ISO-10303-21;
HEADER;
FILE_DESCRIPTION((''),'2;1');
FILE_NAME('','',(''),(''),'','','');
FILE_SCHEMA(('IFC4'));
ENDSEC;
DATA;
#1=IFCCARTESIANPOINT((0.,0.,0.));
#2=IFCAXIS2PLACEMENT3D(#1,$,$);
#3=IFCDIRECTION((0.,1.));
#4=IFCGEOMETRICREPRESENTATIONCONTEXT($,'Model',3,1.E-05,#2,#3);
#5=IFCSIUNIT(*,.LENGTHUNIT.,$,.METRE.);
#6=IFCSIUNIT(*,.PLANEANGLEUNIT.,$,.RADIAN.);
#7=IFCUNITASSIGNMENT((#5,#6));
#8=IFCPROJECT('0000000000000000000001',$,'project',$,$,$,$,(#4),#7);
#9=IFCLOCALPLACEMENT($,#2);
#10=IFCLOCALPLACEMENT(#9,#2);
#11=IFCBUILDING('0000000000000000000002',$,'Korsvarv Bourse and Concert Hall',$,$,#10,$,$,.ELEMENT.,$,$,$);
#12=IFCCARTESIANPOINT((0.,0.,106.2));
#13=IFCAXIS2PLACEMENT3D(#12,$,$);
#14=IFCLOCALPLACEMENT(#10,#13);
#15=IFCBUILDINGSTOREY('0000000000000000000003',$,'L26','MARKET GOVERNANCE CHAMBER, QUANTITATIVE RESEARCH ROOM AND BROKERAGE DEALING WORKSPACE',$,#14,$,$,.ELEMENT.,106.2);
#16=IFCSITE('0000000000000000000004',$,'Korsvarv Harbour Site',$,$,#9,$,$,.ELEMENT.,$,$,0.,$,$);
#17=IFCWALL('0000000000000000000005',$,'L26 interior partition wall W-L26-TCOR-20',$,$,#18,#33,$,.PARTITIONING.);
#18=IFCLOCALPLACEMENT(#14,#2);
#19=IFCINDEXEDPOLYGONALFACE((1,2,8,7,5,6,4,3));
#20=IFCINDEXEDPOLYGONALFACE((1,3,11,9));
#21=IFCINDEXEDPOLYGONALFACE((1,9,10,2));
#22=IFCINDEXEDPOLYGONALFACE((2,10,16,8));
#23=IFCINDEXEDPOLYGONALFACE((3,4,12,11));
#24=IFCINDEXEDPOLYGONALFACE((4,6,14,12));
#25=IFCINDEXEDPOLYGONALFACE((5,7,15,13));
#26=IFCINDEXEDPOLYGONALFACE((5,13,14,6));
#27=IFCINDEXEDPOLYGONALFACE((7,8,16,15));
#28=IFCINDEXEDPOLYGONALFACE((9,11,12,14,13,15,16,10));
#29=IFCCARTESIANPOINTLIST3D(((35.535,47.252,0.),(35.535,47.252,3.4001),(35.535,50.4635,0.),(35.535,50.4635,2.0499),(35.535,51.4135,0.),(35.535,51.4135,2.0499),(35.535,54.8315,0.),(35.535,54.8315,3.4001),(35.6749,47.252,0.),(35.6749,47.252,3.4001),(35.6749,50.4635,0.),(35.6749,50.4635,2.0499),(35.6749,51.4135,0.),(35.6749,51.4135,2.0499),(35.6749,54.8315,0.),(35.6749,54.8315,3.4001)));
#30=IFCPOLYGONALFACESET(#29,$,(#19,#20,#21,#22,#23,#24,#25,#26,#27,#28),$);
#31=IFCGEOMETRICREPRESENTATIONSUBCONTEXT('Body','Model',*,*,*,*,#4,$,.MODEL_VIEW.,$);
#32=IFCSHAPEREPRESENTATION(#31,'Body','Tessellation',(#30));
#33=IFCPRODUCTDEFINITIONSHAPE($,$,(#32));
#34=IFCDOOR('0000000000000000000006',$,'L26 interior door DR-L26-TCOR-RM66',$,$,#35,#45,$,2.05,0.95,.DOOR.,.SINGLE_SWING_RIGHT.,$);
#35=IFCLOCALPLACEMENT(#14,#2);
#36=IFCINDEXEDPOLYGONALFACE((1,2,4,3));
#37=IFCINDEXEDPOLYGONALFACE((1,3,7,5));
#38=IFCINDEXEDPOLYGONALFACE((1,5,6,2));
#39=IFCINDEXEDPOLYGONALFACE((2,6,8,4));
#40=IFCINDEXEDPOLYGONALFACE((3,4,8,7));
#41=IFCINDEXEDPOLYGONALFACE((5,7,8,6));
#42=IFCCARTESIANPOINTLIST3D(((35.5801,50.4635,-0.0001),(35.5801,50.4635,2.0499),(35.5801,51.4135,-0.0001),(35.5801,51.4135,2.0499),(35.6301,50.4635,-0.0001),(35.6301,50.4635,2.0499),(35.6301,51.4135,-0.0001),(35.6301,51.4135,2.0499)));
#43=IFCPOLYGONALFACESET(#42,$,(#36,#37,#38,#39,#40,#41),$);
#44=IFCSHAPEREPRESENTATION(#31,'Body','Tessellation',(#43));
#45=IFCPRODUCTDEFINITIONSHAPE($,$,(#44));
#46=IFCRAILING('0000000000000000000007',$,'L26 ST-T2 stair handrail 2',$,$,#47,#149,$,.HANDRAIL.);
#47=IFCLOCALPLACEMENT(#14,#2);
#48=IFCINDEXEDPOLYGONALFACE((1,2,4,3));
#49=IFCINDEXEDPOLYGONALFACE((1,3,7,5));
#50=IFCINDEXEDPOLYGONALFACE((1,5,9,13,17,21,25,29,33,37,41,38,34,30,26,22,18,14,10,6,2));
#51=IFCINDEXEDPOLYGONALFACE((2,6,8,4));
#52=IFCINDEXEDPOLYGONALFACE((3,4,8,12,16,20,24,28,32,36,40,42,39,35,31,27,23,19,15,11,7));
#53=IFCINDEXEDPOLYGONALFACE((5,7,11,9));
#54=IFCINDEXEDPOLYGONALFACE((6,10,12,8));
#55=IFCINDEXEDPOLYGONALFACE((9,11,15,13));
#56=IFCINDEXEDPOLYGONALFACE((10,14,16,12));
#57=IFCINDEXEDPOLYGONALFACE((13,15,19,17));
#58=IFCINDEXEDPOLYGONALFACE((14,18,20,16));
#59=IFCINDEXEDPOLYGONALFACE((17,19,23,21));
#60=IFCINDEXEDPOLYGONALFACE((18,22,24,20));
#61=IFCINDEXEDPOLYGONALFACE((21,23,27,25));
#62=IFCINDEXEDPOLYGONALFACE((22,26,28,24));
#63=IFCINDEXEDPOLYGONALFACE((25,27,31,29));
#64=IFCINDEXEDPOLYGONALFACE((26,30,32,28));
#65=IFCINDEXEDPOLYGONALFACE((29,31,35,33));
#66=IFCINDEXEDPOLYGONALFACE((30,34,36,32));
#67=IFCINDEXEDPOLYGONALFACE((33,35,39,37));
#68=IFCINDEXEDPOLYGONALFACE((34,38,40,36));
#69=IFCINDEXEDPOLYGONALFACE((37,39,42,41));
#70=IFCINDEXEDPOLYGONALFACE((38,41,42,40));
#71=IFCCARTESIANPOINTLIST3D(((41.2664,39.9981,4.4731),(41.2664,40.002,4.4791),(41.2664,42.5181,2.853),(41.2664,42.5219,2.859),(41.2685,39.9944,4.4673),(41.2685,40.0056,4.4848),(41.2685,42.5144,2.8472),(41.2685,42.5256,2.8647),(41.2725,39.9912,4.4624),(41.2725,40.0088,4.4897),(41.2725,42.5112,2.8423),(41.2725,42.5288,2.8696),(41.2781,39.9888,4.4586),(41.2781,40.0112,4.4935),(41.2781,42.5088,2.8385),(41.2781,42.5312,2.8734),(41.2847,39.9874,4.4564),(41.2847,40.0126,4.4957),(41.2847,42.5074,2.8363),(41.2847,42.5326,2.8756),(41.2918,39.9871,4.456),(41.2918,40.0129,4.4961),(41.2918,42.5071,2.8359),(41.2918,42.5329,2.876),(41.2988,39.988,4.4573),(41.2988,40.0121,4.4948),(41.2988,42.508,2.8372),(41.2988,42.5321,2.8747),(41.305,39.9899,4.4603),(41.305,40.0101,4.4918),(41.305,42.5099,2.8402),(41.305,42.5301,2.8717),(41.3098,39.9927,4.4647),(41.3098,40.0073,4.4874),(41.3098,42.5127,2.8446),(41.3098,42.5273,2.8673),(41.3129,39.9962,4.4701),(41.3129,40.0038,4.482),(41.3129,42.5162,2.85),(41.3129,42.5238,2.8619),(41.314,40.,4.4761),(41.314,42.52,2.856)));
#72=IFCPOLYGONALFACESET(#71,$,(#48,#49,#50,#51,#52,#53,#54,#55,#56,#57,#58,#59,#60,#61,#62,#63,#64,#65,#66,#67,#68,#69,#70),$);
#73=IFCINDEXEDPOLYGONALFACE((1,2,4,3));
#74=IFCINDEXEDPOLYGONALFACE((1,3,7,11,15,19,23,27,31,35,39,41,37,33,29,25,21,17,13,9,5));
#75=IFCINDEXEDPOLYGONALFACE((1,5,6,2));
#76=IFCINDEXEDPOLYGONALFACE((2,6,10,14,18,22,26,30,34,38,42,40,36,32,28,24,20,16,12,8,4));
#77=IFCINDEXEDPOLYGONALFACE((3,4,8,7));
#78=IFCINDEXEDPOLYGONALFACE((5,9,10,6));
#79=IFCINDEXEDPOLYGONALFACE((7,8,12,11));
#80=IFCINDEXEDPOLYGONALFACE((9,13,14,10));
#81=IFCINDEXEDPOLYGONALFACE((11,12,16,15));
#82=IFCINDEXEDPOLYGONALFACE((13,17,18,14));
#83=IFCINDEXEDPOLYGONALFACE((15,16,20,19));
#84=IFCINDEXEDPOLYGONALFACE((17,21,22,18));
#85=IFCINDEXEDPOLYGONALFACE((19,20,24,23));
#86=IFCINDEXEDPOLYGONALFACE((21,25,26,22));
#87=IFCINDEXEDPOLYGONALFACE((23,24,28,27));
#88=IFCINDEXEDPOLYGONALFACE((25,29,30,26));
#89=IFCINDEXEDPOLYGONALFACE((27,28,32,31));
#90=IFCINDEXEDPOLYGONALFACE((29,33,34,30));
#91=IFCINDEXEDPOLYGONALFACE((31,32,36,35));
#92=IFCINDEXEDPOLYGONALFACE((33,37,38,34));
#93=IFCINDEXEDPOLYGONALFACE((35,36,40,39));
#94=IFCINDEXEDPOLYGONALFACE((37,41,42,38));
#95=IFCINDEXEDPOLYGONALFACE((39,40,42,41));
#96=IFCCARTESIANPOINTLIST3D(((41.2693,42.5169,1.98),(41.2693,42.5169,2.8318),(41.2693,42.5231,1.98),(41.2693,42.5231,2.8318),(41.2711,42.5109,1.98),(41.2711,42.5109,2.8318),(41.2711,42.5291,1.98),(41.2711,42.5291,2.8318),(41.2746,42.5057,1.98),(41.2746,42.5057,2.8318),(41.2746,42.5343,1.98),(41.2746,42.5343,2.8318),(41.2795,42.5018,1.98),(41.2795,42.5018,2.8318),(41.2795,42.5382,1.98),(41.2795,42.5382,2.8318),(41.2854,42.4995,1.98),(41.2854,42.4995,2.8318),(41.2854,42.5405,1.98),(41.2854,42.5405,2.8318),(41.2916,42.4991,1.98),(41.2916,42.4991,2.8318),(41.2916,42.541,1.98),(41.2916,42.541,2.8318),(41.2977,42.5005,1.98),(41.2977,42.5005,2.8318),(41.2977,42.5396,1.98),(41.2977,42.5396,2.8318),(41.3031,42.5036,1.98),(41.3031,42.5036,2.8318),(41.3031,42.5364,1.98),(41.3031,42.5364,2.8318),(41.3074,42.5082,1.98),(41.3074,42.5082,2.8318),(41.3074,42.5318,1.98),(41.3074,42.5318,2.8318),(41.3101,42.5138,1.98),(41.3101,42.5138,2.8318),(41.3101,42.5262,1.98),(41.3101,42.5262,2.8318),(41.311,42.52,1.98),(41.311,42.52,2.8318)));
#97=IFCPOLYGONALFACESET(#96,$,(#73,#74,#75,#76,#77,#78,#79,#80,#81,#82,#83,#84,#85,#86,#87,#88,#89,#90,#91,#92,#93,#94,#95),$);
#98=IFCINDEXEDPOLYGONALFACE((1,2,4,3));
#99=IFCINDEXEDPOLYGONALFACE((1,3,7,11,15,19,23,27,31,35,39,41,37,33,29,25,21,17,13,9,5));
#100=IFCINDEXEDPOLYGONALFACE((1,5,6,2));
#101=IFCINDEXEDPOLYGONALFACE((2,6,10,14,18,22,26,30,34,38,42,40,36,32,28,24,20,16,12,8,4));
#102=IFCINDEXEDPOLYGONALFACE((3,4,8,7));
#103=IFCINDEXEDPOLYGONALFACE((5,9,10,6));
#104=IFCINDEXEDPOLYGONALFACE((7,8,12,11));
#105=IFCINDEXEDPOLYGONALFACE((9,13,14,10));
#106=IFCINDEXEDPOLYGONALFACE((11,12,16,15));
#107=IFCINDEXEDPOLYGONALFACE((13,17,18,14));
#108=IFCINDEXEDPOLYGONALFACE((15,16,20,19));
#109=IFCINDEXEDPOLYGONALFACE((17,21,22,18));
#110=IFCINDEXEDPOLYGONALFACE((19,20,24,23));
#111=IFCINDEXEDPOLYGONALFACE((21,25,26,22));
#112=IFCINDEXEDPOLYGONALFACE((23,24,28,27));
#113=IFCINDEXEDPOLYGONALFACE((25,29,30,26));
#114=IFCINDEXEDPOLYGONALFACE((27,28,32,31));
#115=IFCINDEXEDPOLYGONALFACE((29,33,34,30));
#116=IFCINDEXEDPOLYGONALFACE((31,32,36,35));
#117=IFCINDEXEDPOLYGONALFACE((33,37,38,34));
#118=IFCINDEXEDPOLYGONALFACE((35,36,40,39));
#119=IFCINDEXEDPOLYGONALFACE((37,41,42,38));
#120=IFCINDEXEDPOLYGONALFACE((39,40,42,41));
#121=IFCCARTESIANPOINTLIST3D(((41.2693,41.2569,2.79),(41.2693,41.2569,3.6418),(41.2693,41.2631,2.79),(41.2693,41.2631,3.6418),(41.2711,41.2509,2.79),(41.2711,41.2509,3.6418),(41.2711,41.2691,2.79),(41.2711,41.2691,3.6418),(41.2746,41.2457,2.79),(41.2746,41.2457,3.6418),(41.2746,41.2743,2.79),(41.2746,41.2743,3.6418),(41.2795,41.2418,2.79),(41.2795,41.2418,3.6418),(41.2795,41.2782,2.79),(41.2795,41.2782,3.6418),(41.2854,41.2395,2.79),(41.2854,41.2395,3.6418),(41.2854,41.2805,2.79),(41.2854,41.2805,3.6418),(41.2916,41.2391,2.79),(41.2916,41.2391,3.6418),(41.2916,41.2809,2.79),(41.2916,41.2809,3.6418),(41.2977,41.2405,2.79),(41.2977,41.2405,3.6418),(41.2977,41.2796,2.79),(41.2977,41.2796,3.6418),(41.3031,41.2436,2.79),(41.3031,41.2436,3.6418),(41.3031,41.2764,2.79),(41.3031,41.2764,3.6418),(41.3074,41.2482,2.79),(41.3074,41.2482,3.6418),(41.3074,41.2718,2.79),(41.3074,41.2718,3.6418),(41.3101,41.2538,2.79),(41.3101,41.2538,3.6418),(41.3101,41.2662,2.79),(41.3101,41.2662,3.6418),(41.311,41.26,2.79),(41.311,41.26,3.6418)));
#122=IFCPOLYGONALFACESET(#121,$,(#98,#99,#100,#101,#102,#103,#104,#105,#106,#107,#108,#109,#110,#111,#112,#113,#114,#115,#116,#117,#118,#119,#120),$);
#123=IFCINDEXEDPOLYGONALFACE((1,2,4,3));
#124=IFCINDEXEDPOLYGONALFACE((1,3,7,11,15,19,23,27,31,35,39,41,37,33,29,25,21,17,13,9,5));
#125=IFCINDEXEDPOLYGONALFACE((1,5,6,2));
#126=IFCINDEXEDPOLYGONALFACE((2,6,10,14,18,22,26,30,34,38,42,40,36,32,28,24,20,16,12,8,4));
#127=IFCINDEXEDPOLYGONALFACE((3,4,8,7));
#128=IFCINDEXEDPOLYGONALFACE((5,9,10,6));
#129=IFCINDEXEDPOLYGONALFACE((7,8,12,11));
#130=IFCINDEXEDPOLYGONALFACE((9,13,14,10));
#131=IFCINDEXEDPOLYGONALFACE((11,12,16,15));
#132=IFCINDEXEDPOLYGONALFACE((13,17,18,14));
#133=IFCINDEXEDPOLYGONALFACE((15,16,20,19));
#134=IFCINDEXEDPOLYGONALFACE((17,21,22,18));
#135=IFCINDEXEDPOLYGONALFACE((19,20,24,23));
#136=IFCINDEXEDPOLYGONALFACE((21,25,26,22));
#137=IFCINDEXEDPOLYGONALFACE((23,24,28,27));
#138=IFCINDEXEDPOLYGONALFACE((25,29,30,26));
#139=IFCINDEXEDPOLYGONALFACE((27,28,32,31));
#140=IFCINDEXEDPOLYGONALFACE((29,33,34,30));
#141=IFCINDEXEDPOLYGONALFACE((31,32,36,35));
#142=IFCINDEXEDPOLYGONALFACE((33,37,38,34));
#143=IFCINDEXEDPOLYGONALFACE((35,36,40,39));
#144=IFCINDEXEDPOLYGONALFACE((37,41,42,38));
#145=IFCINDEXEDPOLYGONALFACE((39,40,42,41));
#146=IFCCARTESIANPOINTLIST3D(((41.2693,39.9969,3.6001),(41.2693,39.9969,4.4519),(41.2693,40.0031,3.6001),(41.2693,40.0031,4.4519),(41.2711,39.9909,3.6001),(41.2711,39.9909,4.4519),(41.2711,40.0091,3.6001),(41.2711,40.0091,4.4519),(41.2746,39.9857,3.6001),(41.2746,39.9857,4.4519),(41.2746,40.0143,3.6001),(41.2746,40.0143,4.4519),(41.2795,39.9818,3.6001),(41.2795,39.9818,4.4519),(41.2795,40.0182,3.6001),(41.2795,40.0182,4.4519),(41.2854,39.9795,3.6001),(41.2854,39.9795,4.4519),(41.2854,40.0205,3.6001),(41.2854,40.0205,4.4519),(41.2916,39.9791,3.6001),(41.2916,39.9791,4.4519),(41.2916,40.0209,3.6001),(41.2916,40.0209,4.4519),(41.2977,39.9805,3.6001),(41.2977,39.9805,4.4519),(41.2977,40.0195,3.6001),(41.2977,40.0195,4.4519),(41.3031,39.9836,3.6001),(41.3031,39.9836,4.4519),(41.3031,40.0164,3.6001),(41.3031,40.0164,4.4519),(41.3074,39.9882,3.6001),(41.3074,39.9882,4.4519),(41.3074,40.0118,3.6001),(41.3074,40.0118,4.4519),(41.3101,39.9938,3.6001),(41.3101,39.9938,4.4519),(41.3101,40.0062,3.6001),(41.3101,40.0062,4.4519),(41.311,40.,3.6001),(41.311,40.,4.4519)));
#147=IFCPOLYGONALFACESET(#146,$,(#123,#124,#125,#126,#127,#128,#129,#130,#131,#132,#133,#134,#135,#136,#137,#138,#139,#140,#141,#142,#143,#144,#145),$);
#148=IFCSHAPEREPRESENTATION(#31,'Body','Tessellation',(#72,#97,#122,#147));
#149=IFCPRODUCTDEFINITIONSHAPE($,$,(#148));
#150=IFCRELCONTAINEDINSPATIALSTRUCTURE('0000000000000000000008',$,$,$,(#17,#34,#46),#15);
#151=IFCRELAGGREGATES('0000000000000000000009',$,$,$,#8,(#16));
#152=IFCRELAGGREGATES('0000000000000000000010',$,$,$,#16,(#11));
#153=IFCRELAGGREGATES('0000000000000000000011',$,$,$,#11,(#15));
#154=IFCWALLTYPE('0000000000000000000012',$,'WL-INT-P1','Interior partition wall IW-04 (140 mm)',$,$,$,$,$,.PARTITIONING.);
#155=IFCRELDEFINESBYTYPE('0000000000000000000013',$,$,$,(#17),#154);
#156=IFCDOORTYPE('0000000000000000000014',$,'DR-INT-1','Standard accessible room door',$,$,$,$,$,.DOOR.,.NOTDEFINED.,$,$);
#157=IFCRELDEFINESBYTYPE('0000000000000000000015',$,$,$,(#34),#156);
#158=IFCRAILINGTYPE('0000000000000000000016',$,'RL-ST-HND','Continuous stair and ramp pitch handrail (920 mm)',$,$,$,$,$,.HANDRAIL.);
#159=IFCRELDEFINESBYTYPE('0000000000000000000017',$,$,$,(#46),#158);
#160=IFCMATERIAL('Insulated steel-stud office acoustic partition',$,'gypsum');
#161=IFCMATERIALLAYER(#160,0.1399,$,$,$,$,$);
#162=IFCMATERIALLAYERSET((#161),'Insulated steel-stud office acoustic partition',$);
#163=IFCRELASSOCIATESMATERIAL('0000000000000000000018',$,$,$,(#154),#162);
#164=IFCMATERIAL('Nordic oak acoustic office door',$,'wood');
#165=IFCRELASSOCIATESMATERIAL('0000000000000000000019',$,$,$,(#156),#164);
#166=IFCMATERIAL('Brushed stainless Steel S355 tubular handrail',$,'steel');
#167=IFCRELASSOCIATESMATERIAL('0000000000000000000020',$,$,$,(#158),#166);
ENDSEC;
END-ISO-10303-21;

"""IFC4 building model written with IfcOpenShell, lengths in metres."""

from ifc_helpers import new_model, si_unit, direction, frame, frame_2d, origin, origin_2d, place, context, subcontext, project, spatial, rectangle, circle, extrude, material, layer, layer_set, type_object, element, fill, save


model = new_model("IFC4")

# Units and contexts
model_context = context("Model", 3, precision=1e-05, world=origin(), true_north=direction((0.0, 1.0)))
body_context = subcontext(model_context, "Body", "Model", "MODEL_VIEW")
ifc_project = project(units=[si_unit("LENGTHUNIT", "METRE"), si_unit("PLANEANGLEUNIT", "RADIAN")], contexts=[model_context])

# Site, building, storey
site_placement = place(None, origin())
site = spatial("IfcSite", under=ifc_project, at=site_placement, Name="Korsvarv Harbour Site", CompositionType="ELEMENT", RefElevation=0.0)
building_placement = place(site_placement, origin())
building = spatial("IfcBuilding", under=site, at=building_placement, Name="Korsvarv Bourse and Concert Hall", CompositionType="ELEMENT")
storey_placement = place(building_placement, frame((0.0, 0.0, 106.2)))
storey = spatial("IfcBuildingStorey", under=building, at=storey_placement, Name="L26", Description="MARKET GOVERNANCE CHAMBER, QUANTITATIVE RESEARCH ROOM AND BROKERAGE DEALING WORKSPACE", CompositionType="ELEMENT", Elevation=106.2)

# Wall, opening, door
ifc_material_1 = material(Name="Insulated steel-stud office acoustic partition", Category="gypsum")
ifc_layer_1 = layer(ifc_material_1, 0.1399)
ifc_layer_set_1 = layer_set([ifc_layer_1], Name="Insulated steel-stud office acoustic partition")
wall_type_1 = type_object("IfcWallType", Name="WL-INT-P1", Description="Interior partition wall IW-04 (140 mm)", PredefinedType="PARTITIONING", material=ifc_layer_set_1)
wall_1_placement = place(storey_placement, frame((35.605, 47.252, 0.0), z_axis=(0.0, 0.0, 1.0), x_axis=(0.0, 1.0, 0.0)))
wall_1 = element("IfcWall", 1, at=wall_1_placement, inside=storey, type_object=wall_type_1, Name="L26 interior partition wall W-L26-TCOR-20", PredefinedType="PARTITIONING", context=body_context, shape_type="SweptSolid", body=[
    extrude(rectangle(XDim=7.5796, YDim=0.1399, at=frame_2d((3.7898, 0.0))), origin(), (0.0, 0.0, 1.0), 3.4001),
])
opening_1_placement = place(wall_1_placement, frame((3.2114, 0.0, 0.0)))
opening_1 = element("IfcOpeningElement", 2, at=opening_1_placement, cuts=wall_1, PredefinedType="OPENING", context=body_context, shape_type="SweptSolid", body=[
    extrude(rectangle(XDim=0.95, YDim=2.05, at=frame_2d((0.4751, 1.0249))), frame((0.0, 0.0801, 0.0), z_axis=(0.0, -1.0, 0.0), x_axis=(1.0, 0.0, 0.0)), (0.0, 0.0, 1.0), 0.1599),
])
ifc_material_2 = material(Name="Nordic oak acoustic office door", Category="wood")
door_type_1 = type_object("IfcDoorType", Name="DR-INT-1", Description="Standard accessible room door", OperationType="NOTDEFINED", PredefinedType="DOOR", material=ifc_material_2)
door_1_placement = place(opening_1_placement, origin())
door_1 = element("IfcDoor", 3, at=door_1_placement, inside=storey, type_object=door_type_1, Name="L26 interior door DR-L26-TCOR-RM66", OperationType="SINGLE_SWING_RIGHT", OverallHeight=2.05, OverallWidth=0.95, PredefinedType="DOOR", context=body_context, shape_type="SweptSolid", body=[
    extrude(rectangle(XDim=0.95, YDim=2.05, at=frame_2d((0.4751, 1.0249))), frame((0.0, 0.0249, 0.0), z_axis=(0.0, -1.0, 0.0), x_axis=(1.0, 0.0, 0.0)), (0.0, 0.0, 1.0), 0.05),
])
fill(opening_1, door_1)

# Railing
ifc_material_3 = material(Name="Brushed stainless Steel S355 tubular handrail", Category="steel")
railing_type = type_object("IfcRailingType", Name="RL-ST-HND", Description="Continuous stair and ramp pitch handrail (920 mm)", PredefinedType="HANDRAIL", material=ifc_material_3)
railing_placement = place(storey_placement, frame((41.29, 42.52, 1.98)))
element("IfcRailing", 4, at=railing_placement, inside=storey, type_object=railing_type, Name="L26 ST-T2 stair handrail 2", PredefinedType="HANDRAIL", context=body_context, shape_type="SweptSolid", body=[
    extrude(circle(Radius=0.0239, at=origin_2d()), frame((0.0, 0.0, 0.876), z_axis=(0.0, -0.841163, 0.540782), x_axis=(1.0, 0.0, 0.0)), (0.0, 0.0, 1.0), 2.9958),
    extrude(circle(Radius=0.021, at=origin_2d()), origin(), (0.0, 0.0, 1.0), 0.8518),
    extrude(circle(Radius=0.021, at=origin_2d()), frame((0.0, -1.26, 0.8101)), (0.0, 0.0, 1.0), 0.8518),
    extrude(circle(Radius=0.021, at=origin_2d()), frame((0.0, -2.52, 1.6201)), (0.0, 0.0, 1.0), 0.8518),
])

save(model, "model.ifc")
